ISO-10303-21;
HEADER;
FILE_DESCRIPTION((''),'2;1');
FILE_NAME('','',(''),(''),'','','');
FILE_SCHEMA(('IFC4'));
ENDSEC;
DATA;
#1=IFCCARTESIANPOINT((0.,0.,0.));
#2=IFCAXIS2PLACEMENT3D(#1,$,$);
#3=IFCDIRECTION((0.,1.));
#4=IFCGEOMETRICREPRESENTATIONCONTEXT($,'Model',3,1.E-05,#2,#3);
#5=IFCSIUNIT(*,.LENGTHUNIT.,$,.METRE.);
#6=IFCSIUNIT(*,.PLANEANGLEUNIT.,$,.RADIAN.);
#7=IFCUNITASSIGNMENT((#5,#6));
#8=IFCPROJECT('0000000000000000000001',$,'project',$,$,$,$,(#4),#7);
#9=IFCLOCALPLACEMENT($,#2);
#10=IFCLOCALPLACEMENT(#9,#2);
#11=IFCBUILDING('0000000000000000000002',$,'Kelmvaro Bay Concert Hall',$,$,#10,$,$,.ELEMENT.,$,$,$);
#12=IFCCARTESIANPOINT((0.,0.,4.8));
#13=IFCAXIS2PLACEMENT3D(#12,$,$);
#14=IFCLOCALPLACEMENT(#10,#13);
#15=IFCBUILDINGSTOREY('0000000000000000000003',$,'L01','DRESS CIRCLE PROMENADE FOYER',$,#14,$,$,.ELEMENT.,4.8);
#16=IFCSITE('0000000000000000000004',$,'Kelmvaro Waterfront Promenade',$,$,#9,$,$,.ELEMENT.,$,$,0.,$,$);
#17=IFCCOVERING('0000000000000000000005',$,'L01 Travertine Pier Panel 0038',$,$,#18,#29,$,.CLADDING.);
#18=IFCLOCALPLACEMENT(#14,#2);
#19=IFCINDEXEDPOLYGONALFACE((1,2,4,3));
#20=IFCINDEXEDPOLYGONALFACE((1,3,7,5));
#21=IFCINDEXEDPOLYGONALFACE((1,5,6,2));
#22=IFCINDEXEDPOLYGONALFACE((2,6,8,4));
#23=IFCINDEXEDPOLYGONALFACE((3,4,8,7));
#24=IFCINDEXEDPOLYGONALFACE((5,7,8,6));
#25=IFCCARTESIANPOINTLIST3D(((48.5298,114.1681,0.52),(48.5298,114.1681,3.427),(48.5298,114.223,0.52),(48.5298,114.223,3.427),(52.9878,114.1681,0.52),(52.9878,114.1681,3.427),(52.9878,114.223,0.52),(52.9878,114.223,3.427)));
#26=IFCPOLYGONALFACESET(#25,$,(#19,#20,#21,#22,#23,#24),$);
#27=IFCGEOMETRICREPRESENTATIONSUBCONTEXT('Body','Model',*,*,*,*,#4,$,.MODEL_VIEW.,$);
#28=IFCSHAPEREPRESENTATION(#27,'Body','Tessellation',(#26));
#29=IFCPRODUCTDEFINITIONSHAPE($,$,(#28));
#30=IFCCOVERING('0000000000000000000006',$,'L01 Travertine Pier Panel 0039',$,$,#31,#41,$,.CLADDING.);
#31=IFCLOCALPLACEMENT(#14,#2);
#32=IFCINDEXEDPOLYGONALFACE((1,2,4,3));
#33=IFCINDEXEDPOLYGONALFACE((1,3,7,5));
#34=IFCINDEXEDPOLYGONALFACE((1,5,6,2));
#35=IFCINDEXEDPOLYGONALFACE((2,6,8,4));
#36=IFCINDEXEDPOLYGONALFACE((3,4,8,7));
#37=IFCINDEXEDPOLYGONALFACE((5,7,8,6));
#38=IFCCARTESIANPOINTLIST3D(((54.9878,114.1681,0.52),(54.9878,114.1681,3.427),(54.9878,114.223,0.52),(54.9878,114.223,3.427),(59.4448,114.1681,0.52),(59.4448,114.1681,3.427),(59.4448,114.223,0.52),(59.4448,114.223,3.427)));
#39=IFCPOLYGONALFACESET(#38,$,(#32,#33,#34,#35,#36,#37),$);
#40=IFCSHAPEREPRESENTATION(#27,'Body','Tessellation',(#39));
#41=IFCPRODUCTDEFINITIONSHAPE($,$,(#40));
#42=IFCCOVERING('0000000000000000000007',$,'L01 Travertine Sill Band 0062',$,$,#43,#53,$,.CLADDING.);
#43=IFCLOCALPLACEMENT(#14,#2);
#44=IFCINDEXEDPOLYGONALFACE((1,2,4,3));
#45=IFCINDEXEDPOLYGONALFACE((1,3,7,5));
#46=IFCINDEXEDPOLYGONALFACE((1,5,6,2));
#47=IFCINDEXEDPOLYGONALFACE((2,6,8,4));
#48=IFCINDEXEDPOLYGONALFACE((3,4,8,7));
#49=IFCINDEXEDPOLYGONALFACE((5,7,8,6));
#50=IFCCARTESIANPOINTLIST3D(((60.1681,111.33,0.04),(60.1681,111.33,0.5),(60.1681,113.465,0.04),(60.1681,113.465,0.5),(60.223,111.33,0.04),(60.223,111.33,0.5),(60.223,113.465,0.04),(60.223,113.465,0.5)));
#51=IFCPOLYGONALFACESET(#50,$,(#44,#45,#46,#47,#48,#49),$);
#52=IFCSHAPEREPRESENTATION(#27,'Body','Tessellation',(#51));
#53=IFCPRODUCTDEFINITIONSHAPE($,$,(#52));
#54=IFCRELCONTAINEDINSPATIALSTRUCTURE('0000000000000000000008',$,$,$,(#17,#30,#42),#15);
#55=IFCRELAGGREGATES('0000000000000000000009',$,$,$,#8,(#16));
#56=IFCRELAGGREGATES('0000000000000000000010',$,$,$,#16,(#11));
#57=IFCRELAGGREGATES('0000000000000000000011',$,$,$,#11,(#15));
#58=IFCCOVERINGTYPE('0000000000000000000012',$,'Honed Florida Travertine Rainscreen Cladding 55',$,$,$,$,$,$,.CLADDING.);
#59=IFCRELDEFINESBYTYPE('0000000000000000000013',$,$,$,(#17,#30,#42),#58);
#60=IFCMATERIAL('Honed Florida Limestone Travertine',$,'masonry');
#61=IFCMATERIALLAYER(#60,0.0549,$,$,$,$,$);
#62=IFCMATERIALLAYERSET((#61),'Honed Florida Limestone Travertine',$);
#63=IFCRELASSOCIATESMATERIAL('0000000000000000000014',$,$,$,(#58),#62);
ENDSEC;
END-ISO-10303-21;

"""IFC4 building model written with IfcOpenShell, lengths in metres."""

from ifc_helpers import new_model, si_unit, direction, frame, origin, origin_2d, place, context, subcontext, project, spatial, rectangle, extrude, material, layer, layer_set, type_object, element, save


model = new_model("IFC4")

# Units and contexts
model_context = context("Model", 3, precision=1e-05, world=origin(), true_north=direction((0.0, 1.0)))
body_context = subcontext(model_context, "Body", "Model", "MODEL_VIEW")
ifc_project = project(units=[si_unit("LENGTHUNIT", "METRE"), si_unit("PLANEANGLEUNIT", "RADIAN")], contexts=[model_context])

# Site, building, storey
site_placement = place(None, origin())
site = spatial("IfcSite", under=ifc_project, at=site_placement, Name="Kelmvaro Waterfront Promenade", CompositionType="ELEMENT", RefElevation=0.0)
building_placement = place(site_placement, origin())
building = spatial("IfcBuilding", under=site, at=building_placement, Name="Kelmvaro Bay Concert Hall", CompositionType="ELEMENT")
storey_placement = place(building_placement, frame((0.0, 0.0, 4.8)))
storey = spatial("IfcBuildingStorey", under=building, at=storey_placement, Name="L01", Description="DRESS CIRCLE PROMENADE FOYER", CompositionType="ELEMENT", Elevation=4.8)

# Coverings
ifc_material_1 = material(Name="Honed Florida Limestone Travertine", Category="masonry")
ifc_layer_1 = layer(ifc_material_1, 0.0549)
ifc_layer_set_1 = layer_set([ifc_layer_1], Name="Honed Florida Limestone Travertine")
covering_type_1 = type_object("IfcCoveringType", Name="Honed Florida Travertine Rainscreen Cladding 55", PredefinedType="CLADDING", material=ifc_layer_set_1)
covering_1_placement = place(storey_placement, frame((50.7588, 114.1956, 0.52), z_axis=(0.0, 0.0, 1.0), x_axis=(1.0, 0.0, 0.0)))
element("IfcCovering", 1, at=covering_1_placement, inside=storey, type_object=covering_type_1, Name="L01 Travertine Pier Panel 0038", PredefinedType="CLADDING", context=body_context, shape_type="SweptSolid", body=[
    extrude(rectangle(XDim=4.458, YDim=0.0549, at=origin_2d()), origin(), (0.0, 0.0, 1.0), 2.907),
])
covering_2_placement = place(storey_placement, frame((57.2163, 114.1956, 0.52), z_axis=(0.0, 0.0, 1.0), x_axis=(1.0, 0.0, 0.0)))
element("IfcCovering", 2, at=covering_2_placement, inside=storey, type_object=covering_type_1, Name="L01 Travertine Pier Panel 0039", PredefinedType="CLADDING", context=body_context, shape_type="SweptSolid", body=[
    extrude(rectangle(XDim=4.457, YDim=0.0549, at=origin_2d()), origin(), (0.0, 0.0, 1.0), 2.907),
])
covering_3_placement = place(storey_placement, frame((60.1956, 112.3975, 0.04), z_axis=(0.0, 0.0, 1.0), x_axis=(0.0, -1.0, 0.0)))
element("IfcCovering", 3, at=covering_3_placement, inside=storey, type_object=covering_type_1, Name="L01 Travertine Sill Band 0062", PredefinedType="CLADDING", context=body_context, shape_type="SweptSolid", body=[
    extrude(rectangle(XDim=2.135, YDim=0.0549, at=origin_2d()), origin(), (0.0, 0.0, 1.0), 0.46),
])

save(model, "model.ifc")
